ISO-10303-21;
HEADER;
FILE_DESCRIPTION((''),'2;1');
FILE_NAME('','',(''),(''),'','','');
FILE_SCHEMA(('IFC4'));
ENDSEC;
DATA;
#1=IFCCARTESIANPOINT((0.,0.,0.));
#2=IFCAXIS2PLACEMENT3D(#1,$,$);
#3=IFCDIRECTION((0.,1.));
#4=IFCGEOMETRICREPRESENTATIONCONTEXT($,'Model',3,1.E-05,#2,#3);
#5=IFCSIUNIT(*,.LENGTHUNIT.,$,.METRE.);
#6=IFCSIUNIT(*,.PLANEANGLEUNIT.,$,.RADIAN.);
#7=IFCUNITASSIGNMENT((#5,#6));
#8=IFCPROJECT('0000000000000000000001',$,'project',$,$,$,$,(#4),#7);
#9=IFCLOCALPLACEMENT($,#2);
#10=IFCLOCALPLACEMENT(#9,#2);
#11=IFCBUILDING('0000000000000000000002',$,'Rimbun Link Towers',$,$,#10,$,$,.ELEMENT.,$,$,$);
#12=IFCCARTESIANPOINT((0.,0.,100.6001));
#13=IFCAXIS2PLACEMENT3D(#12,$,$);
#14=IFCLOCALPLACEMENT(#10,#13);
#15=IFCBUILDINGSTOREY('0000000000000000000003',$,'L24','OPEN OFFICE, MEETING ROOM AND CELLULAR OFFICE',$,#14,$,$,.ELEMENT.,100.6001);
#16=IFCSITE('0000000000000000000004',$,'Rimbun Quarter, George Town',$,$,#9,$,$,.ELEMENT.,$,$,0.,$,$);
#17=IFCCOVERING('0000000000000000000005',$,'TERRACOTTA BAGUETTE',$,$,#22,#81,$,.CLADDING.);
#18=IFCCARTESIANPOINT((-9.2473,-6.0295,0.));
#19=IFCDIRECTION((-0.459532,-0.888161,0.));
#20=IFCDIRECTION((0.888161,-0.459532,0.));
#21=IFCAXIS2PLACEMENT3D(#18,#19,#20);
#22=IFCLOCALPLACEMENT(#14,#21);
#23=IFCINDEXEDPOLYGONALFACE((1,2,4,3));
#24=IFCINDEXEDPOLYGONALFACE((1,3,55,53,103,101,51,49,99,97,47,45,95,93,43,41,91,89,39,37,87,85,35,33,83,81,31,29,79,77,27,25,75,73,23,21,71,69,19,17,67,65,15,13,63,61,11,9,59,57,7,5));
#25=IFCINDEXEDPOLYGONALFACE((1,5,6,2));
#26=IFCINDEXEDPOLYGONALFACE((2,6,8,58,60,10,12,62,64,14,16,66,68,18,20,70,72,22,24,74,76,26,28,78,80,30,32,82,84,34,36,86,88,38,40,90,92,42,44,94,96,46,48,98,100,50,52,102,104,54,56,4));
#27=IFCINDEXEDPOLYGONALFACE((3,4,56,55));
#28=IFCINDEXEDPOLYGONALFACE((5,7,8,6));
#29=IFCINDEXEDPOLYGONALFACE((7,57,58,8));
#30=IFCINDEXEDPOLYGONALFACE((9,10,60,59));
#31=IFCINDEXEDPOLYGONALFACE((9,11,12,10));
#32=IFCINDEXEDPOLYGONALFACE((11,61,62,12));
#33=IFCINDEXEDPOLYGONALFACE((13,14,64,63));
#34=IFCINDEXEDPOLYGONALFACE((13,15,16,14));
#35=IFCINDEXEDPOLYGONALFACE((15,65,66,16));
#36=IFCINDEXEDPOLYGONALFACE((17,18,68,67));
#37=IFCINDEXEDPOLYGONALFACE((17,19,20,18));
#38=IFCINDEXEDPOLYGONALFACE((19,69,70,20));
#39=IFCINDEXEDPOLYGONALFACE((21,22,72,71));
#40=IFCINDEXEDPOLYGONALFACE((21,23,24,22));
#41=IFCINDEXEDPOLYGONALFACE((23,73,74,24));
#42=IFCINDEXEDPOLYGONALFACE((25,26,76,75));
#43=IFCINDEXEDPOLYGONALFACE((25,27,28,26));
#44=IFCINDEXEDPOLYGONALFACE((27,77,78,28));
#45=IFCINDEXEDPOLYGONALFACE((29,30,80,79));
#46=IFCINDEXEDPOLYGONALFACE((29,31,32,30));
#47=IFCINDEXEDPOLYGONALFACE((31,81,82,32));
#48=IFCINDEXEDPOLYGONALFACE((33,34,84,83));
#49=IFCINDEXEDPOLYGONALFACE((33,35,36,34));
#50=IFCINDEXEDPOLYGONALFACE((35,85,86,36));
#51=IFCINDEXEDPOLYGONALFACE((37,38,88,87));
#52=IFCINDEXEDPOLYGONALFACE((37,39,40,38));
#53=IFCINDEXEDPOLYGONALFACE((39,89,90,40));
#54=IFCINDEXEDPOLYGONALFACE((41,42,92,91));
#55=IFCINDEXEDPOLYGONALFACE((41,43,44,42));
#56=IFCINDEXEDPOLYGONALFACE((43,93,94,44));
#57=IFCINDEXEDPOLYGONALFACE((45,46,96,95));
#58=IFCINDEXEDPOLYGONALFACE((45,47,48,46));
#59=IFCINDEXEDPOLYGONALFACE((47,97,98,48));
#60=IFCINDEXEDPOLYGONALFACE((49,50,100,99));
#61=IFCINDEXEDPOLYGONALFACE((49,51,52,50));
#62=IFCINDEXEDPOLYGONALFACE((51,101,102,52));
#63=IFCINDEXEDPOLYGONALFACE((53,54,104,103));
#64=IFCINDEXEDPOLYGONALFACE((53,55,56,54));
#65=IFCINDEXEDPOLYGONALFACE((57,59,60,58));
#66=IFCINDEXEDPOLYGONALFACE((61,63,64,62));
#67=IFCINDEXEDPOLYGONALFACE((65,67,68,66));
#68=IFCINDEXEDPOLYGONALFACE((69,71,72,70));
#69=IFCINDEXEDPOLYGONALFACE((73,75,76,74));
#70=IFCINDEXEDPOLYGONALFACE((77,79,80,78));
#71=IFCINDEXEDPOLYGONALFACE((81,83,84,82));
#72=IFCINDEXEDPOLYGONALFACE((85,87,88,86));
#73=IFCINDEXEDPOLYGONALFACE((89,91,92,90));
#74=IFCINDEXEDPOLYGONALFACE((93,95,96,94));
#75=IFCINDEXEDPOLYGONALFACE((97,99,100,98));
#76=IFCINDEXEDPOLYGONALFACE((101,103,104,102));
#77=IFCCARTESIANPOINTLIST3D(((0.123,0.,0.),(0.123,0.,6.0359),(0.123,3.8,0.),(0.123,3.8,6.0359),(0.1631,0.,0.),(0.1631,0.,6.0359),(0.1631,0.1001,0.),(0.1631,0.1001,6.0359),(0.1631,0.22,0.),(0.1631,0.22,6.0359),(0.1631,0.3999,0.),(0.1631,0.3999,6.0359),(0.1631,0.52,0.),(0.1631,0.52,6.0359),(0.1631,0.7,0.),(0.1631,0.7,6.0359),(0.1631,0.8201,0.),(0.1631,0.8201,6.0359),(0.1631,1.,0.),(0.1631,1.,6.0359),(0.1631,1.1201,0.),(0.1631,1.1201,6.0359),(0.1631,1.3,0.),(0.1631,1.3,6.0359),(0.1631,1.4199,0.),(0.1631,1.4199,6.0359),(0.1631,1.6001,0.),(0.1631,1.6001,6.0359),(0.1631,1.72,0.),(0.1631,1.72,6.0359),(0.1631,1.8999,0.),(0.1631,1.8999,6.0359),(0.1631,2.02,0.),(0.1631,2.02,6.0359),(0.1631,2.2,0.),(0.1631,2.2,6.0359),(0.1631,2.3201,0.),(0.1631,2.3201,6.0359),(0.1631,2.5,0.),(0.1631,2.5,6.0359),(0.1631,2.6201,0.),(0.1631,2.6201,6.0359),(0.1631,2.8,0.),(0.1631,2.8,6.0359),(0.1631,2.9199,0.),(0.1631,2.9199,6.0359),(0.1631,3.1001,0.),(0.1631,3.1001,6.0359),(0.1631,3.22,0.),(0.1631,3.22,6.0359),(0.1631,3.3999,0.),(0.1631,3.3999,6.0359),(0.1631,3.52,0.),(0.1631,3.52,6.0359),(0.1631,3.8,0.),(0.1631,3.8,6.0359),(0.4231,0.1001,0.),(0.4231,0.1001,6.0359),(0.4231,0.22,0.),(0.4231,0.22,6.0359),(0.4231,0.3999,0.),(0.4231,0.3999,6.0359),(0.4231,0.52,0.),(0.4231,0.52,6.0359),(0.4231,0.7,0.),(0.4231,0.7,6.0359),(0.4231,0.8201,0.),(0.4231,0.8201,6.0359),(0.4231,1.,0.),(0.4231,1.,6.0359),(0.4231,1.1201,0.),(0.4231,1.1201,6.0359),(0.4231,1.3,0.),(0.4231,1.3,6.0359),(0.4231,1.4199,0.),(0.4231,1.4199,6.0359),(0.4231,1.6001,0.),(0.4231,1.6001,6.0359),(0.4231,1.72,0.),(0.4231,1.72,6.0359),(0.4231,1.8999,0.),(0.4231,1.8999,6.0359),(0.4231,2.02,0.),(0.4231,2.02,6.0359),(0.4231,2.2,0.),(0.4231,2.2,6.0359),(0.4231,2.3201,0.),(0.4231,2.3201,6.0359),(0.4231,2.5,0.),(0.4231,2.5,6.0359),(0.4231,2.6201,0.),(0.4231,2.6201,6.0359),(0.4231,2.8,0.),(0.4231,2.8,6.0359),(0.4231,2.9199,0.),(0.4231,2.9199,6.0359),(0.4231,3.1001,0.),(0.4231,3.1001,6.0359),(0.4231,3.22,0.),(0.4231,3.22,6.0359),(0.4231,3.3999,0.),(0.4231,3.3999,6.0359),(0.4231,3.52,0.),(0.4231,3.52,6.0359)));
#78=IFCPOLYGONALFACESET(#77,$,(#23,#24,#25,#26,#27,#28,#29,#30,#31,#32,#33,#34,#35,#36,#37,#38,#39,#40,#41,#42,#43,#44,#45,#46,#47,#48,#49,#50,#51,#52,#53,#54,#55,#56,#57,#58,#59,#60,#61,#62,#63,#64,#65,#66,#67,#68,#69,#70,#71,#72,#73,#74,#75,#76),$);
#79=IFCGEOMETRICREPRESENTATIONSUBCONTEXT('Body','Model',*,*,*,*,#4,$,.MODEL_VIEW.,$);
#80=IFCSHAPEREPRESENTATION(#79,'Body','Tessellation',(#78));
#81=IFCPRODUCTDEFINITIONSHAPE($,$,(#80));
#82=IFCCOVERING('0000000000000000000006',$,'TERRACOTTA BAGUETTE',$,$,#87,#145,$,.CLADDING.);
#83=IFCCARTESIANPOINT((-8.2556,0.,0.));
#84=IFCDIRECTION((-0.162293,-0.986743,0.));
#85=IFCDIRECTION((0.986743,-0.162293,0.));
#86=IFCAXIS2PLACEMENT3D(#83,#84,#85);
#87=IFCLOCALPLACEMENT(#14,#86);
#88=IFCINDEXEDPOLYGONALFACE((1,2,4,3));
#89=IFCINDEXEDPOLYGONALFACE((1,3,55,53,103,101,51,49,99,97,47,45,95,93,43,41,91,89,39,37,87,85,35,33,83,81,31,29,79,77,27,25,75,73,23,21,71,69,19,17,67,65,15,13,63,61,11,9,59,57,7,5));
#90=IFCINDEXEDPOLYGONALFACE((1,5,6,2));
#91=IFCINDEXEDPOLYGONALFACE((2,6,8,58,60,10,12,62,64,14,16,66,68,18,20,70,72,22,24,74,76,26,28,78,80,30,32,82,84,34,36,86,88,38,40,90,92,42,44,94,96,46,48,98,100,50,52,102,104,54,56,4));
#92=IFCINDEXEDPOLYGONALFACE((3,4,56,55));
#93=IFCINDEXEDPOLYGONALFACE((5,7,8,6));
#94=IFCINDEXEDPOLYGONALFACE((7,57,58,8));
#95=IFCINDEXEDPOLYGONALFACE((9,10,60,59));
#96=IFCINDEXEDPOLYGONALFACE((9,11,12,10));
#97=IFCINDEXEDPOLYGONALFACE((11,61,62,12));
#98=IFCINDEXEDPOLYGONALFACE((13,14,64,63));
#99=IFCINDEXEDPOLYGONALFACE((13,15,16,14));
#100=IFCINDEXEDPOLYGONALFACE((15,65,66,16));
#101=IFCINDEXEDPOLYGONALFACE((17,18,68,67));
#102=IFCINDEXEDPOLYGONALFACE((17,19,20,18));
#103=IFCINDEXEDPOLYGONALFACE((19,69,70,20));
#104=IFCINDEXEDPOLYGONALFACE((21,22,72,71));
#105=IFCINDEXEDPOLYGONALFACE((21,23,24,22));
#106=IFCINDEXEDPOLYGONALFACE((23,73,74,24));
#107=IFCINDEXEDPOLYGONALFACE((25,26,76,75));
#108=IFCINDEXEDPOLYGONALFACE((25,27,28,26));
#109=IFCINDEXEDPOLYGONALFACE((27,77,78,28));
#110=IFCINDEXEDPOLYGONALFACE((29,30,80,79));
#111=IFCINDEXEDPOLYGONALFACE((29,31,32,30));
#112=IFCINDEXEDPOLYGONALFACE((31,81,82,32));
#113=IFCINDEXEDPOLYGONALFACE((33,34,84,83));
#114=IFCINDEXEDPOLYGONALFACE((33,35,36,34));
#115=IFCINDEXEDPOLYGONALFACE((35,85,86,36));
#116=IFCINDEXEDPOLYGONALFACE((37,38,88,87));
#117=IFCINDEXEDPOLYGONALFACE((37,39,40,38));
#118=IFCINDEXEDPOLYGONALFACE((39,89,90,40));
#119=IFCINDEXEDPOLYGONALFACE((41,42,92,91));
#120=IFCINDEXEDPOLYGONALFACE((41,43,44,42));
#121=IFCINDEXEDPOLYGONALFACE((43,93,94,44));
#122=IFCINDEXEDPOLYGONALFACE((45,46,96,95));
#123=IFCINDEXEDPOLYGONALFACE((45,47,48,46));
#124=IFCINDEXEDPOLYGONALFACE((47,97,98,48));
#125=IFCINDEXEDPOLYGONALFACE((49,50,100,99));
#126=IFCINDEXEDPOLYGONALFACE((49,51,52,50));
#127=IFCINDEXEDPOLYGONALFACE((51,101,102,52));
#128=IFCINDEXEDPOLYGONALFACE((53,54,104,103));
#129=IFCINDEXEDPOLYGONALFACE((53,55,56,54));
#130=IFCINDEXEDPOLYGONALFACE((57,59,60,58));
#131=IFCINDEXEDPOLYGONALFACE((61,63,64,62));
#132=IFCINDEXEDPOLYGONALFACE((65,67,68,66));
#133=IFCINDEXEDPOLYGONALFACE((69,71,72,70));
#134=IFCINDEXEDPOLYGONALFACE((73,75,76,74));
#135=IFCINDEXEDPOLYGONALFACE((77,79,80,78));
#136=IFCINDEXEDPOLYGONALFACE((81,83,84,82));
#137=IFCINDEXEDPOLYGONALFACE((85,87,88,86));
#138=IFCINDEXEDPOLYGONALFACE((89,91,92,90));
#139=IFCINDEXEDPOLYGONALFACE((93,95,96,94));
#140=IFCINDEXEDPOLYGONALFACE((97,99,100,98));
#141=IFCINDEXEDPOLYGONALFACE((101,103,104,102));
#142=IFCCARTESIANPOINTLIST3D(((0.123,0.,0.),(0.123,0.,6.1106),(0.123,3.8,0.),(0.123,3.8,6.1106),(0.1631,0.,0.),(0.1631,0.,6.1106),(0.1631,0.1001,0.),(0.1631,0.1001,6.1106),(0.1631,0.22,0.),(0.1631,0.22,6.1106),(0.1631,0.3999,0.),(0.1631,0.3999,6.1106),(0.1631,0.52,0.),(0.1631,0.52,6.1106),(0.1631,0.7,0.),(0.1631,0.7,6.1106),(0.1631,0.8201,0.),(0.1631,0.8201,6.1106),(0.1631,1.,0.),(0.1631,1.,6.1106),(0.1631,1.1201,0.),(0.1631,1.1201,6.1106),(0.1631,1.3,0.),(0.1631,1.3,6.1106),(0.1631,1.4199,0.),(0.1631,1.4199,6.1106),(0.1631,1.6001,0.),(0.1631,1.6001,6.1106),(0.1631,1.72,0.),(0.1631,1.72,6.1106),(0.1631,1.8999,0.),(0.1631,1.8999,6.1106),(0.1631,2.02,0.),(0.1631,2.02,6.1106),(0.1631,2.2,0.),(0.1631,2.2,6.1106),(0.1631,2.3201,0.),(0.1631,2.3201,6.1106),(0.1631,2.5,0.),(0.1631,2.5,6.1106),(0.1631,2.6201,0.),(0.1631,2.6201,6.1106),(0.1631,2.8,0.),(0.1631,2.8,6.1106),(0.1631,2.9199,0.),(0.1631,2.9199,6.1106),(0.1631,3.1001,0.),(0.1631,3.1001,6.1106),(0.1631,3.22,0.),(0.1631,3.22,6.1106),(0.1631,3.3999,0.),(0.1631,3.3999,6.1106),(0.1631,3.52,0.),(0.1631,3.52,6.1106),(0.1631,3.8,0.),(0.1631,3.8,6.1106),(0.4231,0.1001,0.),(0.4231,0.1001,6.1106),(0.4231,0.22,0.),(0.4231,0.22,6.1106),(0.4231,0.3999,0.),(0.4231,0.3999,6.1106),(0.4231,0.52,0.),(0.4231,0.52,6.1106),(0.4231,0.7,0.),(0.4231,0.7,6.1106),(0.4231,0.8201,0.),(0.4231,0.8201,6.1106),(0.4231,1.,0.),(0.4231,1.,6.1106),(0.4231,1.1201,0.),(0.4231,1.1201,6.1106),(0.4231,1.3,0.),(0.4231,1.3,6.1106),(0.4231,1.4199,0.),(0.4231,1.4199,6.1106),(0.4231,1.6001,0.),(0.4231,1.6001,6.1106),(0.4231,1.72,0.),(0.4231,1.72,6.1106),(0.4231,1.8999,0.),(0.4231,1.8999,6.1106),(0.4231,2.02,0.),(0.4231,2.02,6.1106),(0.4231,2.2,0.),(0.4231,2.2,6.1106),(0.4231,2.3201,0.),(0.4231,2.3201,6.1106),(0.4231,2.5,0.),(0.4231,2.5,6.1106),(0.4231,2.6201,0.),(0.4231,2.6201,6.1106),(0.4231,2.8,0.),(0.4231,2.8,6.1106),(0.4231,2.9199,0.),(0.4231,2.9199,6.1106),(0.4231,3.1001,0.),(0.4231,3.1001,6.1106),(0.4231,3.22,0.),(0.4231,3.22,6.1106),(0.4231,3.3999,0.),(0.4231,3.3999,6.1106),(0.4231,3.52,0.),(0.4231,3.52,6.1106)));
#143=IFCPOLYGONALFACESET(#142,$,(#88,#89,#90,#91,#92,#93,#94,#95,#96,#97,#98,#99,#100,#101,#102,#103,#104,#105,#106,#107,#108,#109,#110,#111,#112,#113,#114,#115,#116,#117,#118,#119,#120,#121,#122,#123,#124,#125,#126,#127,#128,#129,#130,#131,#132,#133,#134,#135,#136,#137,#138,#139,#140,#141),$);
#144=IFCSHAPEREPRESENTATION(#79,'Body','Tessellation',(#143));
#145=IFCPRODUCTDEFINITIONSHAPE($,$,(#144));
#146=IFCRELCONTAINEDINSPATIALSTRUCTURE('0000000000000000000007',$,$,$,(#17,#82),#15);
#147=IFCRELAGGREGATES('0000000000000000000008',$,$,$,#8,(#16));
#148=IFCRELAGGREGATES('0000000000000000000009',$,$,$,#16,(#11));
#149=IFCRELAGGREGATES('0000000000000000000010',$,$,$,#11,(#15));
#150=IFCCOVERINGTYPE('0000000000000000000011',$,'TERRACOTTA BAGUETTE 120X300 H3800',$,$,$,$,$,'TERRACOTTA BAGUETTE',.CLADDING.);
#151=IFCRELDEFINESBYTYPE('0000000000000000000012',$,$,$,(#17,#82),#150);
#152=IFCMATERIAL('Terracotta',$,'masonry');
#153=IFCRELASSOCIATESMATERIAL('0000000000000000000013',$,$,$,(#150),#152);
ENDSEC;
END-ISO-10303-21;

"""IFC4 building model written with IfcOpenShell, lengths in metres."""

from ifc_helpers import new_model, si_unit, direction, frame, origin, place, context, subcontext, project, spatial, polyline, outline, extrude, material, material_profile, profile_set, type_object, element, save


model = new_model("IFC4")

# Units and contexts
model_context = context("Model", 3, precision=1e-05, world=origin(), true_north=direction((0.0, 1.0)))
body_context = subcontext(model_context, "Body", "Model", "MODEL_VIEW")
ifc_project = project(units=[si_unit("LENGTHUNIT", "METRE"), si_unit("PLANEANGLEUNIT", "RADIAN")], contexts=[model_context])

# Site, building, storey
site_placement = place(None, origin())
site = spatial("IfcSite", under=ifc_project, at=site_placement, Name="Rimbun Quarter, George Town", CompositionType="ELEMENT", RefElevation=0.0)
building_placement = place(site_placement, origin())
building = spatial("IfcBuilding", under=site, at=building_placement, Name="Rimbun Link Towers", CompositionType="ELEMENT")
storey_placement = place(building_placement, frame((0.0, 0.0, 100.6001)))
storey = spatial("IfcBuildingStorey", under=building, at=storey_placement, Name="L24", Description="OPEN OFFICE, MEETING ROOM AND CELLULAR OFFICE", CompositionType="ELEMENT", Elevation=100.6001)

# Coverings
ifc_material_1 = material(Name="Terracotta", Category="masonry")
ifc_material_profile_1 = material_profile(ifc_material_1, outline(polyline([(0.123, 0.0), (0.1631, 0.0), (0.1631, 0.1001), (0.4231, 0.1001), (0.4231, 0.22), (0.1631, 0.22), (0.1631, 0.3999), (0.4231, 0.3999), (0.4231, 0.52), (0.1631, 0.52), (0.1631, 0.7), (0.4231, 0.7), (0.4231, 0.8201), (0.1631, 0.8201), (0.1631, 1.0), (0.4231, 1.0), (0.4231, 1.1201), (0.1631, 1.1201), (0.1631, 1.3), (0.4231, 1.3), (0.4231, 1.4199), (0.1631, 1.4199), (0.1631, 1.6001), (0.4231, 1.6001), (0.4231, 1.72), (0.1631, 1.72), (0.1631, 1.8999), (0.4231, 1.8999), (0.4231, 2.02), (0.1631, 2.02), (0.1631, 2.2), (0.4231, 2.2), (0.4231, 2.3201), (0.1631, 2.3201), (0.1631, 2.5), (0.4231, 2.5), (0.4231, 2.6201), (0.1631, 2.6201), (0.1631, 2.8), (0.4231, 2.8), (0.4231, 2.9199), (0.1631, 2.9199), (0.1631, 3.1001), (0.4231, 3.1001), (0.4231, 3.22), (0.1631, 3.22), (0.1631, 3.3999), (0.4231, 3.3999), (0.4231, 3.52), (0.1631, 3.52), (0.1631, 3.8), (0.123, 3.8), (0.123, 0.0)])), Name="BAGUETTE 120X300")
ifc_profile_set_1 = profile_set([ifc_material_profile_1], Name="Terracotta")
covering_type = type_object("IfcCoveringType", Name="TERRACOTTA BAGUETTE 120X300 H3800", ElementType="TERRACOTTA BAGUETTE", PredefinedType="CLADDING", material=ifc_profile_set_1)
covering_1_placement = place(storey_placement, frame((-9.2473, -6.0295, 0.0), z_axis=(-0.459532, -0.888161, 0.0), x_axis=(0.888161, -0.459532, 0.0)))
element("IfcCovering", 1, at=covering_1_placement, inside=storey, type_object=covering_type, Name="TERRACOTTA BAGUETTE", PredefinedType="CLADDING", context=body_context, shape_type="SweptSolid", body=[
    extrude(outline(polyline([(0.123, 0.0), (0.1631, 0.0), (0.1631, 0.1001), (0.4231, 0.1001), (0.4231, 0.22), (0.1631, 0.22), (0.1631, 0.3999), (0.4231, 0.3999), (0.4231, 0.52), (0.1631, 0.52), (0.1631, 0.7), (0.4231, 0.7), (0.4231, 0.8201), (0.1631, 0.8201), (0.1631, 1.0), (0.4231, 1.0), (0.4231, 1.1201), (0.1631, 1.1201), (0.1631, 1.3), (0.4231, 1.3), (0.4231, 1.4199), (0.1631, 1.4199), (0.1631, 1.6001), (0.4231, 1.6001), (0.4231, 1.72), (0.1631, 1.72), (0.1631, 1.8999), (0.4231, 1.8999), (0.4231, 2.02), (0.1631, 2.02), (0.1631, 2.2), (0.4231, 2.2), (0.4231, 2.3201), (0.1631, 2.3201), (0.1631, 2.5), (0.4231, 2.5), (0.4231, 2.6201), (0.1631, 2.6201), (0.1631, 2.8), (0.4231, 2.8), (0.4231, 2.9199), (0.1631, 2.9199), (0.1631, 3.1001), (0.4231, 3.1001), (0.4231, 3.22), (0.1631, 3.22), (0.1631, 3.3999), (0.4231, 3.3999), (0.4231, 3.52), (0.1631, 3.52), (0.1631, 3.8), (0.123, 3.8), (0.123, 0.0)])), origin(), (0.0, 0.0, 1.0), 6.0359),
])
covering_2_placement = place(storey_placement, frame((-8.2556, 0.0, 0.0), z_axis=(-0.162293, -0.986743, 0.0), x_axis=(0.986743, -0.162293, 0.0)))
element("IfcCovering", 2, at=covering_2_placement, inside=storey, type_object=covering_type, Name="TERRACOTTA BAGUETTE", PredefinedType="CLADDING", context=body_context, shape_type="SweptSolid", body=[
    extrude(outline(polyline([(0.123, 0.0), (0.1631, 0.0), (0.1631, 0.1001), (0.4231, 0.1001), (0.4231, 0.22), (0.1631, 0.22), (0.1631, 0.3999), (0.4231, 0.3999), (0.4231, 0.52), (0.1631, 0.52), (0.1631, 0.7), (0.4231, 0.7), (0.4231, 0.8201), (0.1631, 0.8201), (0.1631, 1.0), (0.4231, 1.0), (0.4231, 1.1201), (0.1631, 1.1201), (0.1631, 1.3), (0.4231, 1.3), (0.4231, 1.4199), (0.1631, 1.4199), (0.1631, 1.6001), (0.4231, 1.6001), (0.4231, 1.72), (0.1631, 1.72), (0.1631, 1.8999), (0.4231, 1.8999), (0.4231, 2.02), (0.1631, 2.02), (0.1631, 2.2), (0.4231, 2.2), (0.4231, 2.3201), (0.1631, 2.3201), (0.1631, 2.5), (0.4231, 2.5), (0.4231, 2.6201), (0.1631, 2.6201), (0.1631, 2.8), (0.4231, 2.8), (0.4231, 2.9199), (0.1631, 2.9199), (0.1631, 3.1001), (0.4231, 3.1001), (0.4231, 3.22), (0.1631, 3.22), (0.1631, 3.3999), (0.4231, 3.3999), (0.4231, 3.52), (0.1631, 3.52), (0.1631, 3.8), (0.123, 3.8), (0.123, 0.0)])), origin(), (0.0, 0.0, 1.0), 6.1106),
])

save(model, "model.ifc")
